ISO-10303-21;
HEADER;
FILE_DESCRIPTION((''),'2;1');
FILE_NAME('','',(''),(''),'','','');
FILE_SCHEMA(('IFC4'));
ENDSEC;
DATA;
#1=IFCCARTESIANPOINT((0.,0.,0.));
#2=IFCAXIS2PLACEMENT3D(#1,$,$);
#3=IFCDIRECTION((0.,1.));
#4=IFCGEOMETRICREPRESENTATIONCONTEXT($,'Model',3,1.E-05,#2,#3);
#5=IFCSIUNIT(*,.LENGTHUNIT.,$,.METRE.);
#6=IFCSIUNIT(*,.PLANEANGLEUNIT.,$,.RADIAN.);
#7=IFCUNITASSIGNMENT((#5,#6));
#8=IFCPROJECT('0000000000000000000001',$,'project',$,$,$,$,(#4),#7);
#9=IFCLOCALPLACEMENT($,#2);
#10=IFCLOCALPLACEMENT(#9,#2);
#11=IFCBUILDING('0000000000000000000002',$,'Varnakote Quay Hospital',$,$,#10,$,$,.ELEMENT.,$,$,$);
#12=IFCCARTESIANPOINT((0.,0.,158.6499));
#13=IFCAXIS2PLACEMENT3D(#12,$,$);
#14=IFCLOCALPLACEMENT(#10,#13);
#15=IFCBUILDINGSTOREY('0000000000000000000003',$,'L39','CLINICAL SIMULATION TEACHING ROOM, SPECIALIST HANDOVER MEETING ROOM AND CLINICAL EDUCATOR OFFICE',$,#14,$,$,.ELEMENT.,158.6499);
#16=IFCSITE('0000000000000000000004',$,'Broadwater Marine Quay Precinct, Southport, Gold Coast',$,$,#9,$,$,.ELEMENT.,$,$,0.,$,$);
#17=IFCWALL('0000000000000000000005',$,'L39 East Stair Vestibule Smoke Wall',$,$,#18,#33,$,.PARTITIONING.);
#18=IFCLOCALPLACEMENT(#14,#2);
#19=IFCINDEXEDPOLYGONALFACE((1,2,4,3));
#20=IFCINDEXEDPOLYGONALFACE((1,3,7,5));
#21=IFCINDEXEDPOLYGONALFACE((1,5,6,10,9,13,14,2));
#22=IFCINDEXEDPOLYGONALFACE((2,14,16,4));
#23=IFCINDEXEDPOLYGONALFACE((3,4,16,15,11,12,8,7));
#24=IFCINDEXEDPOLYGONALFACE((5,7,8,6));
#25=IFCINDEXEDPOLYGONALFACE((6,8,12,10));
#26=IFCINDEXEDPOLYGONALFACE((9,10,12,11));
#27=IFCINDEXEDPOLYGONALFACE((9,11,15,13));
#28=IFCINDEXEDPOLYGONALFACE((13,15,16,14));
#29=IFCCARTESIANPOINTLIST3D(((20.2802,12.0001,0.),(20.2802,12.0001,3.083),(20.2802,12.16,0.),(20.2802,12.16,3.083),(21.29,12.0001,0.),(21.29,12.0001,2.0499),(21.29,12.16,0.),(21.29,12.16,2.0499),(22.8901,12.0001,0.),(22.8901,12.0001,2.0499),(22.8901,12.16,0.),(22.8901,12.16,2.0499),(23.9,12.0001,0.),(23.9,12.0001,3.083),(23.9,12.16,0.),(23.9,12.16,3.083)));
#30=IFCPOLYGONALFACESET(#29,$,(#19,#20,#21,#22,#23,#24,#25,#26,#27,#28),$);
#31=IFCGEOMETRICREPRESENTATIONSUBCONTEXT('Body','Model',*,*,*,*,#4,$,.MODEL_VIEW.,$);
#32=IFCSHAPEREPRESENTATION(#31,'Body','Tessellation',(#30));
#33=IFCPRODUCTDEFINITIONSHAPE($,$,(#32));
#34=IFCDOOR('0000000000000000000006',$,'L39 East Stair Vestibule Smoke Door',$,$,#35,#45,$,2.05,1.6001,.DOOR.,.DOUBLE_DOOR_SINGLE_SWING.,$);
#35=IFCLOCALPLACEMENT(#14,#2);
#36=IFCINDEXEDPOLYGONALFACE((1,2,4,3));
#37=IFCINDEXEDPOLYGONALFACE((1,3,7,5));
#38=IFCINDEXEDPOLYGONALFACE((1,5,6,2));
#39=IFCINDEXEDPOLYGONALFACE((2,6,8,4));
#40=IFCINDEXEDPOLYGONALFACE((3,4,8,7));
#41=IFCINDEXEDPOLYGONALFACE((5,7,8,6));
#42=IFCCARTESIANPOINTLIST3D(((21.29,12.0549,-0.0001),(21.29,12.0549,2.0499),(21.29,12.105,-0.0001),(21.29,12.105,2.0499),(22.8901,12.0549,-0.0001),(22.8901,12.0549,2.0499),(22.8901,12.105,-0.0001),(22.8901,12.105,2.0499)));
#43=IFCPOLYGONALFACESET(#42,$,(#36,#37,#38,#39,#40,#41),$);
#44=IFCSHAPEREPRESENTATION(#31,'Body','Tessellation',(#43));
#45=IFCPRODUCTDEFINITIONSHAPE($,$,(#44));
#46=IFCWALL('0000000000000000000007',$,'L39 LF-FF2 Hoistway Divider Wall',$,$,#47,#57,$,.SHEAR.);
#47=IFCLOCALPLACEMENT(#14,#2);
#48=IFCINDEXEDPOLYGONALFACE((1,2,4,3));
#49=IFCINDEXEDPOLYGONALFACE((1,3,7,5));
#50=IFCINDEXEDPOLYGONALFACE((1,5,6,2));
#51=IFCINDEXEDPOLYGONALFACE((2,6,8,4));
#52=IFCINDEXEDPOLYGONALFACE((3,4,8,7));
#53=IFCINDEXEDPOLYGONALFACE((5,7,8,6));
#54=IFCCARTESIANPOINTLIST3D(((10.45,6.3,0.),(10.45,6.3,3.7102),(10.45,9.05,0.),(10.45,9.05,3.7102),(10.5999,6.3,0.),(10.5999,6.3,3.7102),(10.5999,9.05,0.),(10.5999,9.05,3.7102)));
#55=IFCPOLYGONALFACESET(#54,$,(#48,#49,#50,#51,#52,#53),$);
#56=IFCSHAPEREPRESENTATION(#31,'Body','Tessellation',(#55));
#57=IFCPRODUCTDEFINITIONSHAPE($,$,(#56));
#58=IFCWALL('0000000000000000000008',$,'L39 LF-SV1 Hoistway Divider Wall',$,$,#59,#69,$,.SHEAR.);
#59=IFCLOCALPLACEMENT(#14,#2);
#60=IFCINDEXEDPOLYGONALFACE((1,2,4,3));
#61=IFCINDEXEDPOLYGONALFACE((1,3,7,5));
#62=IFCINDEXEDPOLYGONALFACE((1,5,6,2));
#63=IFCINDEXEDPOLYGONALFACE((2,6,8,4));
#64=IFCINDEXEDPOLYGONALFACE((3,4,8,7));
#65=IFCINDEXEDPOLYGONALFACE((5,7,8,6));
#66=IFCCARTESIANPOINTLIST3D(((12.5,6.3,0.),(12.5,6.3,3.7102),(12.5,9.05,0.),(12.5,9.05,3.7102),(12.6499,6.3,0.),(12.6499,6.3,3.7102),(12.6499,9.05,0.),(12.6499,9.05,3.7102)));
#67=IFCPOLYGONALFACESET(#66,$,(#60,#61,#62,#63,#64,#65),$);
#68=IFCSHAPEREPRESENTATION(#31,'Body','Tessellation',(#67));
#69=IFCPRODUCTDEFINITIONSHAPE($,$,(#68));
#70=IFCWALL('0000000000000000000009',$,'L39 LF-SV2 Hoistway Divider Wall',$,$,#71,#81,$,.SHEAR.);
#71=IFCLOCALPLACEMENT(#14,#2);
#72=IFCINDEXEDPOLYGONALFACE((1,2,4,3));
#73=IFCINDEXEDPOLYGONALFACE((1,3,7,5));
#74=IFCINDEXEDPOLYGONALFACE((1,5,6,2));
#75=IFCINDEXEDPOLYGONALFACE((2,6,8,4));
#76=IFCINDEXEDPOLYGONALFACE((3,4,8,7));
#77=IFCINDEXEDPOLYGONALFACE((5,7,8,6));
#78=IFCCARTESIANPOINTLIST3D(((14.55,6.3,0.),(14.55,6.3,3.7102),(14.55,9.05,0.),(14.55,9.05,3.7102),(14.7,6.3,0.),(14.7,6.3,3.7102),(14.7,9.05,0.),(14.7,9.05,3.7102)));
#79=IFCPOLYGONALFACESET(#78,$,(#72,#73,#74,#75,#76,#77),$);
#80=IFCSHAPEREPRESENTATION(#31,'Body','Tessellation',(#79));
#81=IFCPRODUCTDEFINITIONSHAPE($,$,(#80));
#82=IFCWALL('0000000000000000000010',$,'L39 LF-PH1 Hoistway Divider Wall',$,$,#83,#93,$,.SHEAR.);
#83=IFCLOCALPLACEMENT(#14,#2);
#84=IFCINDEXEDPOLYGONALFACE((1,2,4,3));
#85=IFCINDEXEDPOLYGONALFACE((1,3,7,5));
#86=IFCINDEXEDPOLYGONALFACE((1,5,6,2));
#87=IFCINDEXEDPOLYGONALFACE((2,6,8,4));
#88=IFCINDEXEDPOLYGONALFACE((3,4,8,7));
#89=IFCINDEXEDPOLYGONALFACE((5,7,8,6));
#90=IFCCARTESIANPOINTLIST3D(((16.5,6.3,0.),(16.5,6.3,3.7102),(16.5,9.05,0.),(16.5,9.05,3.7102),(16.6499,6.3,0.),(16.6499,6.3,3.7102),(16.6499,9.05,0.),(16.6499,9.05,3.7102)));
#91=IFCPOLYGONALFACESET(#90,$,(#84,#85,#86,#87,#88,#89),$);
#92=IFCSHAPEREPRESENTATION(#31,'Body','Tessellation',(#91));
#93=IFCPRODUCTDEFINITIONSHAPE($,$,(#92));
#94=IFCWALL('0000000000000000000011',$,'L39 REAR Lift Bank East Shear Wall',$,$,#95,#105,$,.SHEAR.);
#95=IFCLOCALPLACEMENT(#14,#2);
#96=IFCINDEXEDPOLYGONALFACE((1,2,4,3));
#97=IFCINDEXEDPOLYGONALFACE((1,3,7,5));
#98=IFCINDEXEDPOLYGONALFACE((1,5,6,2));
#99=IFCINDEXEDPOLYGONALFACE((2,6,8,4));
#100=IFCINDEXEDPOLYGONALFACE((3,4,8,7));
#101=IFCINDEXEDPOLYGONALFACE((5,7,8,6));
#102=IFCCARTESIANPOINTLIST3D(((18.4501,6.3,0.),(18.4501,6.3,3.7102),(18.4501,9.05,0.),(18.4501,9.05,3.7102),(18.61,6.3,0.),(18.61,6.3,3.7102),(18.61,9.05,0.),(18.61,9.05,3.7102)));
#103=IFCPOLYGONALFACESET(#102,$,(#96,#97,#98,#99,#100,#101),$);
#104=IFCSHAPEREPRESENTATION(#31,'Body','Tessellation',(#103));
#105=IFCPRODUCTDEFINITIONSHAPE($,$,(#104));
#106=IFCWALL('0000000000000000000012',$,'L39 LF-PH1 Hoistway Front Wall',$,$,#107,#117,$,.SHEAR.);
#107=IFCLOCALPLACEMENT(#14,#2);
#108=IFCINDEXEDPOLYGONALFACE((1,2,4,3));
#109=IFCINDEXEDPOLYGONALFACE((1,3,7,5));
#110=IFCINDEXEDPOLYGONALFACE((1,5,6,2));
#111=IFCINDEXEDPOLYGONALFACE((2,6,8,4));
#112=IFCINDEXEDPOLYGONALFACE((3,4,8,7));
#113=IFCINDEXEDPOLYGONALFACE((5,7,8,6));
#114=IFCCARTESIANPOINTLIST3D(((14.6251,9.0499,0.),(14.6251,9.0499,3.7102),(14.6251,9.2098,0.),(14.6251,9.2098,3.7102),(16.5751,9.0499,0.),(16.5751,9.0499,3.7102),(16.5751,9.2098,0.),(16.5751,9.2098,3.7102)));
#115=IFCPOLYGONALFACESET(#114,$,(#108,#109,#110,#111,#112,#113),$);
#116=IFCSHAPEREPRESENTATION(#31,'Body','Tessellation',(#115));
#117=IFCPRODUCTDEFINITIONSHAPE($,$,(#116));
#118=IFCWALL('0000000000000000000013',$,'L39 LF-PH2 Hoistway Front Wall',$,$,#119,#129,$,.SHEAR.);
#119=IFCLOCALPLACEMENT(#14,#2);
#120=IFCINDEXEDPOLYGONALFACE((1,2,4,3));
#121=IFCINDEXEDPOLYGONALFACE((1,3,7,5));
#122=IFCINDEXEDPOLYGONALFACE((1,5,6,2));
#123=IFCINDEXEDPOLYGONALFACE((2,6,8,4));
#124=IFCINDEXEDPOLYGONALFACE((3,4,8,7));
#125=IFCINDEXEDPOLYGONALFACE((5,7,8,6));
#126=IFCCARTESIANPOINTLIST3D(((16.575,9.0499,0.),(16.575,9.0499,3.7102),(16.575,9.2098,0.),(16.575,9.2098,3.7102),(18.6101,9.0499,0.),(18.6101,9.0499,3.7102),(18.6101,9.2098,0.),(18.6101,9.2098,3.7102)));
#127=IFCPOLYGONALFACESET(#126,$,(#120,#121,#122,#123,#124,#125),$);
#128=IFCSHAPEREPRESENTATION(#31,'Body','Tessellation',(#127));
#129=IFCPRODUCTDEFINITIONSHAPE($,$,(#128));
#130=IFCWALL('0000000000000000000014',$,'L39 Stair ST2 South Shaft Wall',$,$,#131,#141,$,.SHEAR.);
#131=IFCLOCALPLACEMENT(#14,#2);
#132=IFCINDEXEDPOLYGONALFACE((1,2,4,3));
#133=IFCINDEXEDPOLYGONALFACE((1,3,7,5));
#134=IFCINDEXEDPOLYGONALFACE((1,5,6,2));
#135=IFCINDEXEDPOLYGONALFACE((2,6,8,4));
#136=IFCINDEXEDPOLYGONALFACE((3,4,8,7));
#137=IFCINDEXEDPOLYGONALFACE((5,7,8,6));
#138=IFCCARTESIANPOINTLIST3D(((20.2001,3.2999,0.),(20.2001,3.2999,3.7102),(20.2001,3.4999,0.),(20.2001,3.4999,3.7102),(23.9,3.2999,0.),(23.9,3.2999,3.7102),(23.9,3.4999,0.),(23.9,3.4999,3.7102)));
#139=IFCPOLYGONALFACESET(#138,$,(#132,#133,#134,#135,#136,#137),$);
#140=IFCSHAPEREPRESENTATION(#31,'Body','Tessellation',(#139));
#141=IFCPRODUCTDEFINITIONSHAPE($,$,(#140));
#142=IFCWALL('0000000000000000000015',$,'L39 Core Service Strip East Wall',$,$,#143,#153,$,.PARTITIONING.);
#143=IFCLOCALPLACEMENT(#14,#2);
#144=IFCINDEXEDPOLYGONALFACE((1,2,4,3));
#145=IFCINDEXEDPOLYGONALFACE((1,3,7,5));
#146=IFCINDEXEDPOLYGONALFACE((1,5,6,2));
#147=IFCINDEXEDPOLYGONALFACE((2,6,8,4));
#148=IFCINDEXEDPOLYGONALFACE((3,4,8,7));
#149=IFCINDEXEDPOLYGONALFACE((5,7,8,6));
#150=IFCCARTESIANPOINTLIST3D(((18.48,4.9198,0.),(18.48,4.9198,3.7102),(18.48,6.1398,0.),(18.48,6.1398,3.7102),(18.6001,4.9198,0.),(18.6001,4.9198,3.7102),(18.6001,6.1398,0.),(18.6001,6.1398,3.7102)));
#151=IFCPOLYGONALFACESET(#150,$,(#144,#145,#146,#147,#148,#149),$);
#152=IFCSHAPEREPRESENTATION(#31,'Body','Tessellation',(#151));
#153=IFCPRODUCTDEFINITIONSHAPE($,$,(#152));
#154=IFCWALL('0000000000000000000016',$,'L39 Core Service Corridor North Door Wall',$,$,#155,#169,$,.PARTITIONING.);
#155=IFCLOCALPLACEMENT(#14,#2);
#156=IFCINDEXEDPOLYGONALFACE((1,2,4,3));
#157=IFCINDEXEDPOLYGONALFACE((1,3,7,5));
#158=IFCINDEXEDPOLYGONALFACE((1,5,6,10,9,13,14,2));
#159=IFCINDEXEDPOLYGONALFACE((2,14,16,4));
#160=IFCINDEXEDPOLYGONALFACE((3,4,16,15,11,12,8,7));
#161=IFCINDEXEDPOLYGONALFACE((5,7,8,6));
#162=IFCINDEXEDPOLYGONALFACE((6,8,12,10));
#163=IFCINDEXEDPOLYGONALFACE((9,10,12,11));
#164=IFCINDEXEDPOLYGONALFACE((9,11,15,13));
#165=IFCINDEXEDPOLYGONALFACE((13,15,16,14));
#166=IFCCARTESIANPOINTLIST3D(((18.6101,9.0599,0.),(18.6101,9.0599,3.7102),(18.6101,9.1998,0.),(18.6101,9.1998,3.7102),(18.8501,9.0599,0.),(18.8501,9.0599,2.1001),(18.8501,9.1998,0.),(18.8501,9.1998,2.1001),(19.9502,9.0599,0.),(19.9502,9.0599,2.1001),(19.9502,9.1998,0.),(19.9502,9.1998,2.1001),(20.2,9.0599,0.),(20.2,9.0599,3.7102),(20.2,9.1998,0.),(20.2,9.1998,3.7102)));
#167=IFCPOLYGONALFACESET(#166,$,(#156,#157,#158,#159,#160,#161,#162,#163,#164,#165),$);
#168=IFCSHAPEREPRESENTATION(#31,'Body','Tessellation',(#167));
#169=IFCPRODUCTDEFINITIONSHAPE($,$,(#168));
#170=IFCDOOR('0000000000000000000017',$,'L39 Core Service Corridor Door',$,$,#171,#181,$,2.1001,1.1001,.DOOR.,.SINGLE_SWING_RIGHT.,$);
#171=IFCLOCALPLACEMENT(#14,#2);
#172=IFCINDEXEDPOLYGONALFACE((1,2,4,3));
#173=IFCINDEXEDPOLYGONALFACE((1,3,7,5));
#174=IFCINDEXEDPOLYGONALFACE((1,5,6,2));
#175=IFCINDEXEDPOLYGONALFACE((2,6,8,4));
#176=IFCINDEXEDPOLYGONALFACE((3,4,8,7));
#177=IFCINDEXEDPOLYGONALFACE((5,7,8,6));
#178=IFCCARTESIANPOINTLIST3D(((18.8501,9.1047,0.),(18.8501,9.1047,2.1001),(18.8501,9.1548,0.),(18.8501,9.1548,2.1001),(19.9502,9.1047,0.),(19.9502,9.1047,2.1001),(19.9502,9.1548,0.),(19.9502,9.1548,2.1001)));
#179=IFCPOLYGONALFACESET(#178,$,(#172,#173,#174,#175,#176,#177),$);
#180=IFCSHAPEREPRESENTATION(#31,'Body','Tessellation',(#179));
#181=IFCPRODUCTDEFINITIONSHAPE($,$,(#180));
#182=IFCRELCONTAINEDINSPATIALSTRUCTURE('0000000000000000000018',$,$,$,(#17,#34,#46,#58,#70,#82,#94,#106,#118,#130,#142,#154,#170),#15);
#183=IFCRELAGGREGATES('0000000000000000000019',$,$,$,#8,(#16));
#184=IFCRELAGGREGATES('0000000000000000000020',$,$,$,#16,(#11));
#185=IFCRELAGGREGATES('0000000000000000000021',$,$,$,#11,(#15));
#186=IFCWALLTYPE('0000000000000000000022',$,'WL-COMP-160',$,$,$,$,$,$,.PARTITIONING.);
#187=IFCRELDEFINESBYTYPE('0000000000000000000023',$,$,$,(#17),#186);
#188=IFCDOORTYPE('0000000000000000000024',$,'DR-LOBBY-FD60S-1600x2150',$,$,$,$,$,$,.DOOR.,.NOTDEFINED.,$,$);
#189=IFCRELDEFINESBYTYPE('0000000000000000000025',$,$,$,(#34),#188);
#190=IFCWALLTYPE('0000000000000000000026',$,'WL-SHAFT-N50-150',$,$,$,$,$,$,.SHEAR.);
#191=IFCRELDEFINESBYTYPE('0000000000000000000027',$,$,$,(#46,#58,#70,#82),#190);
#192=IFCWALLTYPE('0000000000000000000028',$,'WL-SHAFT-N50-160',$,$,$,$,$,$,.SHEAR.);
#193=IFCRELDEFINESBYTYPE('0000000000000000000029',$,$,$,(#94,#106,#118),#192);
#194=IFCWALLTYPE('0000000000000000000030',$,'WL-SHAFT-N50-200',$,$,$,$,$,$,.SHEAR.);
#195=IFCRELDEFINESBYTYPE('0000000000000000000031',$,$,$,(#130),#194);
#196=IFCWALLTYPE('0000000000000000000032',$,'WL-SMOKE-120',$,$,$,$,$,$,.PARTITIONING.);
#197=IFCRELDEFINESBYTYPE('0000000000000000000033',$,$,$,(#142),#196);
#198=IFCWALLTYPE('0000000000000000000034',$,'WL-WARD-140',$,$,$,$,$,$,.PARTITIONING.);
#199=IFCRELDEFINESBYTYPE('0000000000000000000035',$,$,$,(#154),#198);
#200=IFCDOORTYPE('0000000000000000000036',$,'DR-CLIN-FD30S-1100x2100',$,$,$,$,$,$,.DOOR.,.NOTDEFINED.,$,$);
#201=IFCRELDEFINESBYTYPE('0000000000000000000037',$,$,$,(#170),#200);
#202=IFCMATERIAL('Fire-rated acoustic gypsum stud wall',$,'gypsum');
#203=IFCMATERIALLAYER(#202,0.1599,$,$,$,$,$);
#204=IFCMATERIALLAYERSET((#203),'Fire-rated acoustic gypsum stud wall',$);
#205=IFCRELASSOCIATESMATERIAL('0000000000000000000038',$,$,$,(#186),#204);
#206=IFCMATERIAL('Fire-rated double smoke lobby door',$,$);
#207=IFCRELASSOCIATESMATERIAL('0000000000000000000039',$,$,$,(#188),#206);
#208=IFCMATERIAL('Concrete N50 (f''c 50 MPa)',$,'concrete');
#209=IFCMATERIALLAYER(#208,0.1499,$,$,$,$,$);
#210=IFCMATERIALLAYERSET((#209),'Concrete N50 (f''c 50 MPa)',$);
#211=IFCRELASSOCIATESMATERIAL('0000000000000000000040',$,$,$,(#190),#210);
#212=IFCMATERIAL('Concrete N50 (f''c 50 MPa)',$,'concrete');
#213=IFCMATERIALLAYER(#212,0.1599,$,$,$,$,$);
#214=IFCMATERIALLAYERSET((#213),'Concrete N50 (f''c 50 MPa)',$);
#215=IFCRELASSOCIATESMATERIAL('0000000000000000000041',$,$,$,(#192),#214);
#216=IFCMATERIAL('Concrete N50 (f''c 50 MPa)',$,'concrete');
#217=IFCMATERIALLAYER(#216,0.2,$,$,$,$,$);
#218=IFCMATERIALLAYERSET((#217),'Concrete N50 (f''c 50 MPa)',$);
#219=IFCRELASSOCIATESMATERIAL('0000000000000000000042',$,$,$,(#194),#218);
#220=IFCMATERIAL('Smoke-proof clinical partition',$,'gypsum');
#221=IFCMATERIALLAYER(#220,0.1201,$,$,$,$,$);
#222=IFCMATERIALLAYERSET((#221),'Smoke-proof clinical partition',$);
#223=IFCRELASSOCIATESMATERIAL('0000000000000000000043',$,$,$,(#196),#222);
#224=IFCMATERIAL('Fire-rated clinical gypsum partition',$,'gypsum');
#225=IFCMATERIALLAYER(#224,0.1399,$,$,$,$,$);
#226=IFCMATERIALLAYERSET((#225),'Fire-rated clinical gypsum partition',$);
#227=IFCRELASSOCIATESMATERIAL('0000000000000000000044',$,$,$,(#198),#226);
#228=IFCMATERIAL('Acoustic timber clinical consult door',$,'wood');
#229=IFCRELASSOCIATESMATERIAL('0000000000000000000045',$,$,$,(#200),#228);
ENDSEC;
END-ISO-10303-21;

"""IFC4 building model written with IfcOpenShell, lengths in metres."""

from ifc_helpers import new_model, si_unit, direction, frame, frame_2d, origin, place, context, subcontext, project, spatial, rectangle, extrude, material, layer, layer_set, type_object, element, fill, save


model = new_model("IFC4")

# Units and contexts
model_context = context("Model", 3, precision=1e-05, world=origin(), true_north=direction((0.0, 1.0)))
body_context = subcontext(model_context, "Body", "Model", "MODEL_VIEW")
ifc_project = project(units=[si_unit("LENGTHUNIT", "METRE"), si_unit("PLANEANGLEUNIT", "RADIAN")], contexts=[model_context])

# Site, building, storey
site_placement = place(None, origin())
site = spatial("IfcSite", under=ifc_project, at=site_placement, Name="Broadwater Marine Quay Precinct, Southport, Gold Coast", CompositionType="ELEMENT", RefElevation=0.0)
building_placement = place(site_placement, origin())
building = spatial("IfcBuilding", under=site, at=building_placement, Name="Varnakote Quay Hospital", CompositionType="ELEMENT")
storey_placement = place(building_placement, frame((0.0, 0.0, 158.6499)))
storey = spatial("IfcBuildingStorey", under=building, at=storey_placement, Name="L39", Description="CLINICAL SIMULATION TEACHING ROOM, SPECIALIST HANDOVER MEETING ROOM AND CLINICAL EDUCATOR OFFICE", CompositionType="ELEMENT", Elevation=158.6499)

# Shared definitions
ifc_material_1 = material(Name="Fire-rated acoustic gypsum stud wall", Category="gypsum")
ifc_layer_1 = layer(ifc_material_1, 0.1599)
ifc_layer_set_1 = layer_set([ifc_layer_1], Name="Fire-rated acoustic gypsum stud wall")
wall_type_1 = type_object("IfcWallType", Name="WL-COMP-160", PredefinedType="PARTITIONING", material=ifc_layer_set_1)

# Shared definitions
ifc_material_2 = material(Name="Fire-rated double smoke lobby door")
door_type_1 = type_object("IfcDoorType", Name="DR-LOBBY-FD60S-1600x2150", OperationType="NOTDEFINED", PredefinedType="DOOR", material=ifc_material_2)

# Wall, opening, door
wall_1_placement = place(storey_placement, frame((20.28, 12.0801, 0.0), z_axis=(0.0, 0.0, 1.0), x_axis=(1.0, 0.0, 0.0)))
wall_1 = element("IfcWall", 1, at=wall_1_placement, inside=storey, type_object=wall_type_1, Name="L39 East Stair Vestibule Smoke Wall", PredefinedType="PARTITIONING", context=body_context, shape_type="SweptSolid", body=[
    extrude(rectangle(XDim=3.6199, YDim=0.1599, at=frame_2d((1.8101, 0.0))), origin(), (0.0, 0.0, 1.0), 3.083),
])
opening_1_placement = place(wall_1_placement, frame((1.01, 0.0, 0.0)))
opening_1 = element("IfcOpeningElement", 2, at=opening_1_placement, cuts=wall_1, PredefinedType="OPENING", context=body_context, shape_type="SweptSolid", body=[
    extrude(rectangle(XDim=1.6001, YDim=2.05, at=frame_2d((0.8, 1.0249))), frame((0.0, 0.0898, 0.0), z_axis=(0.0, -1.0, 0.0), x_axis=(1.0, 0.0, 0.0)), (0.0, 0.0, 1.0), 0.1799),
])
door_1_placement = place(opening_1_placement, origin())
door_1 = element("IfcDoor", 3, at=door_1_placement, inside=storey, type_object=door_type_1, Name="L39 East Stair Vestibule Smoke Door", OperationType="DOUBLE_DOOR_SINGLE_SWING", OverallHeight=2.05, OverallWidth=1.6001, PredefinedType="DOOR", context=body_context, shape_type="SweptSolid", body=[
    extrude(rectangle(XDim=1.6001, YDim=2.05, at=frame_2d((0.8, 1.0249))), frame((0.0, 0.0249, 0.0), z_axis=(0.0, -1.0, 0.0), x_axis=(1.0, 0.0, 0.0)), (0.0, 0.0, 1.0), 0.05),
])
fill(opening_1, door_1)

# Walls
ifc_material_3 = material(Name="Concrete N50 (f'c 50 MPa)", Category="concrete")
ifc_layer_2 = layer(ifc_material_3, 0.1499)
ifc_layer_set_2 = layer_set([ifc_layer_2], Name="Concrete N50 (f'c 50 MPa)")
wall_type_2 = type_object("IfcWallType", Name="WL-SHAFT-N50-150", PredefinedType="SHEAR", material=ifc_layer_set_2)
for number, where, z_axis, x_axis, name in (
    (4, (10.5249, 6.3, 0.0), (0.0, 0.0, 1.0), (0.0, 1.0, 0.0), "L39 LF-FF2 Hoistway Divider Wall"),
    (5, (12.575, 6.3, 0.0), (0.0, 0.0, 1.0), (0.0, 1.0, 0.0), "L39 LF-SV1 Hoistway Divider Wall"),
    (6, (14.625, 6.3, 0.0), (0.0, 0.0, 1.0), (0.0, 1.0, 0.0), "L39 LF-SV2 Hoistway Divider Wall"),
    (7, (16.575, 6.3, 0.0), (0.0, 0.0, 1.0), (0.0, 1.0, 0.0), "L39 LF-PH1 Hoistway Divider Wall"),
):
    element("IfcWall", number, at=place(storey_placement, frame(where, z_axis=z_axis, x_axis=x_axis)), inside=storey, type_object=wall_type_2, Name=name, PredefinedType="SHEAR", context=body_context, shape_type="SweptSolid", body=[
        extrude(rectangle(XDim=2.75, YDim=0.1499, at=frame_2d((1.375, 0.0))), origin(), (0.0, 0.0, 1.0), 3.7102),
    ])
ifc_material_4 = material(Name="Concrete N50 (f'c 50 MPa)", Category="concrete")
ifc_layer_3 = layer(ifc_material_4, 0.1599)
ifc_layer_set_3 = layer_set([ifc_layer_3], Name="Concrete N50 (f'c 50 MPa)")
wall_type_3 = type_object("IfcWallType", Name="WL-SHAFT-N50-160", PredefinedType="SHEAR", material=ifc_layer_set_3)
wall_2_placement = place(storey_placement, frame((18.53, 6.3, 0.0), z_axis=(0.0, 0.0, 1.0), x_axis=(0.0, 1.0, 0.0)))
element("IfcWall", 8, at=wall_2_placement, inside=storey, type_object=wall_type_3, Name="L39 REAR Lift Bank East Shear Wall", PredefinedType="SHEAR", context=body_context, shape_type="SweptSolid", body=[
    extrude(rectangle(XDim=2.75, YDim=0.1599, at=frame_2d((1.375, 0.0))), origin(), (0.0, 0.0, 1.0), 3.7102),
])

# Walls
wall_3_placement = place(storey_placement, frame((14.625, 9.1299, 0.0), z_axis=(0.0, 0.0, 1.0), x_axis=(1.0, 0.0, 0.0)))
element("IfcWall", 9, at=wall_3_placement, inside=storey, type_object=wall_type_3, Name="L39 LF-PH1 Hoistway Front Wall", PredefinedType="SHEAR", context=body_context, shape_type="SweptSolid", body=[
    extrude(rectangle(XDim=1.95, YDim=0.1599, at=frame_2d((0.9751, 0.0))), origin(), (0.0, 0.0, 1.0), 3.7102),
])
wall_4_placement = place(storey_placement, frame((16.575, 9.1299, 0.0), z_axis=(0.0, 0.0, 1.0), x_axis=(1.0, 0.0, 0.0)))
element("IfcWall", 10, at=wall_4_placement, inside=storey, type_object=wall_type_3, Name="L39 LF-PH2 Hoistway Front Wall", PredefinedType="SHEAR", context=body_context, shape_type="SweptSolid", body=[
    extrude(rectangle(XDim=2.0352, YDim=0.1599, at=frame_2d((1.0176, 0.0))), origin(), (0.0, 0.0, 1.0), 3.7102),
])
ifc_material_5 = material(Name="Concrete N50 (f'c 50 MPa)", Category="concrete")
ifc_layer_4 = layer(ifc_material_5, 0.2)
ifc_layer_set_4 = layer_set([ifc_layer_4], Name="Concrete N50 (f'c 50 MPa)")
wall_type_4 = type_object("IfcWallType", Name="WL-SHAFT-N50-200", PredefinedType="SHEAR", material=ifc_layer_set_4)
wall_5_placement = place(storey_placement, frame((20.2, 3.3999, 0.0), z_axis=(0.0, 0.0, 1.0), x_axis=(1.0, 0.0, 0.0)))
element("IfcWall", 11, at=wall_5_placement, inside=storey, type_object=wall_type_4, Name="L39 Stair ST2 South Shaft Wall", PredefinedType="SHEAR", context=body_context, shape_type="SweptSolid", body=[
    extrude(rectangle(XDim=3.7, YDim=0.2, at=frame_2d((1.8501, 0.0))), origin(), (0.0, 0.0, 1.0), 3.7102),
])

# Wall
ifc_material_6 = material(Name="Smoke-proof clinical partition", Category="gypsum")
ifc_layer_5 = layer(ifc_material_6, 0.1201)
ifc_layer_set_5 = layer_set([ifc_layer_5], Name="Smoke-proof clinical partition")
wall_type_5 = type_object("IfcWallType", Name="WL-SMOKE-120", PredefinedType="PARTITIONING", material=ifc_layer_set_5)
wall_6_placement = place(storey_placement, frame((18.54, 4.9199, 0.0), z_axis=(0.0, 0.0, 1.0), x_axis=(0.0, 1.0, 0.0)))
element("IfcWall", 12, at=wall_6_placement, inside=storey, type_object=wall_type_5, Name="L39 Core Service Strip East Wall", PredefinedType="PARTITIONING", context=body_context, shape_type="SweptSolid", body=[
    extrude(rectangle(XDim=1.22, YDim=0.1201, at=frame_2d((0.6099, 0.0))), origin(), (0.0, 0.0, 1.0), 3.7102),
])

# Wall, opening, door
ifc_material_7 = material(Name="Fire-rated clinical gypsum partition", Category="gypsum")
ifc_layer_6 = layer(ifc_material_7, 0.1399)
ifc_layer_set_6 = layer_set([ifc_layer_6], Name="Fire-rated clinical gypsum partition")
wall_type_6 = type_object("IfcWallType", Name="WL-WARD-140", PredefinedType="PARTITIONING", material=ifc_layer_set_6)
wall_7_placement = place(storey_placement, frame((18.6101, 9.1299, 0.0), z_axis=(0.0, 0.0, 1.0), x_axis=(1.0, 0.0, 0.0)))
wall_7 = element("IfcWall", 13, at=wall_7_placement, inside=storey, type_object=wall_type_6, Name="L39 Core Service Corridor North Door Wall", PredefinedType="PARTITIONING", context=body_context, shape_type="SweptSolid", body=[
    extrude(rectangle(XDim=1.5898, YDim=0.1399, at=frame_2d((0.7949, 0.0))), origin(), (0.0, 0.0, 1.0), 3.7102),
])
opening_2_placement = place(wall_7_placement, frame((0.24, 0.0, 0.0)))
opening_2 = element("IfcOpeningElement", 14, at=opening_2_placement, cuts=wall_7, PredefinedType="OPENING", context=body_context, shape_type="SweptSolid", body=[
    extrude(rectangle(XDim=1.1001, YDim=2.1001, at=frame_2d((0.55, 1.05))), frame((0.0, 0.0798, 0.0), z_axis=(0.0, -1.0, 0.0), x_axis=(1.0, 0.0, 0.0)), (0.0, 0.0, 1.0), 0.1599),
])
ifc_material_8 = material(Name="Acoustic timber clinical consult door", Category="wood")
door_type_2 = type_object("IfcDoorType", Name="DR-CLIN-FD30S-1100x2100", OperationType="NOTDEFINED", PredefinedType="DOOR", material=ifc_material_8)
door_2_placement = place(opening_2_placement, origin())
door_2 = element("IfcDoor", 15, at=door_2_placement, inside=storey, type_object=door_type_2, Name="L39 Core Service Corridor Door", OperationType="SINGLE_SWING_RIGHT", OverallHeight=2.1001, OverallWidth=1.1001, PredefinedType="DOOR", context=body_context, shape_type="SweptSolid", body=[
    extrude(rectangle(XDim=1.1001, YDim=2.1001, at=frame_2d((0.55, 1.05))), frame((0.0, 0.0249, 0.0), z_axis=(0.0, -1.0, 0.0), x_axis=(1.0, 0.0, 0.0)), (0.0, 0.0, 1.0), 0.05),
])
fill(opening_2, door_2)

save(model, "model.ifc")
